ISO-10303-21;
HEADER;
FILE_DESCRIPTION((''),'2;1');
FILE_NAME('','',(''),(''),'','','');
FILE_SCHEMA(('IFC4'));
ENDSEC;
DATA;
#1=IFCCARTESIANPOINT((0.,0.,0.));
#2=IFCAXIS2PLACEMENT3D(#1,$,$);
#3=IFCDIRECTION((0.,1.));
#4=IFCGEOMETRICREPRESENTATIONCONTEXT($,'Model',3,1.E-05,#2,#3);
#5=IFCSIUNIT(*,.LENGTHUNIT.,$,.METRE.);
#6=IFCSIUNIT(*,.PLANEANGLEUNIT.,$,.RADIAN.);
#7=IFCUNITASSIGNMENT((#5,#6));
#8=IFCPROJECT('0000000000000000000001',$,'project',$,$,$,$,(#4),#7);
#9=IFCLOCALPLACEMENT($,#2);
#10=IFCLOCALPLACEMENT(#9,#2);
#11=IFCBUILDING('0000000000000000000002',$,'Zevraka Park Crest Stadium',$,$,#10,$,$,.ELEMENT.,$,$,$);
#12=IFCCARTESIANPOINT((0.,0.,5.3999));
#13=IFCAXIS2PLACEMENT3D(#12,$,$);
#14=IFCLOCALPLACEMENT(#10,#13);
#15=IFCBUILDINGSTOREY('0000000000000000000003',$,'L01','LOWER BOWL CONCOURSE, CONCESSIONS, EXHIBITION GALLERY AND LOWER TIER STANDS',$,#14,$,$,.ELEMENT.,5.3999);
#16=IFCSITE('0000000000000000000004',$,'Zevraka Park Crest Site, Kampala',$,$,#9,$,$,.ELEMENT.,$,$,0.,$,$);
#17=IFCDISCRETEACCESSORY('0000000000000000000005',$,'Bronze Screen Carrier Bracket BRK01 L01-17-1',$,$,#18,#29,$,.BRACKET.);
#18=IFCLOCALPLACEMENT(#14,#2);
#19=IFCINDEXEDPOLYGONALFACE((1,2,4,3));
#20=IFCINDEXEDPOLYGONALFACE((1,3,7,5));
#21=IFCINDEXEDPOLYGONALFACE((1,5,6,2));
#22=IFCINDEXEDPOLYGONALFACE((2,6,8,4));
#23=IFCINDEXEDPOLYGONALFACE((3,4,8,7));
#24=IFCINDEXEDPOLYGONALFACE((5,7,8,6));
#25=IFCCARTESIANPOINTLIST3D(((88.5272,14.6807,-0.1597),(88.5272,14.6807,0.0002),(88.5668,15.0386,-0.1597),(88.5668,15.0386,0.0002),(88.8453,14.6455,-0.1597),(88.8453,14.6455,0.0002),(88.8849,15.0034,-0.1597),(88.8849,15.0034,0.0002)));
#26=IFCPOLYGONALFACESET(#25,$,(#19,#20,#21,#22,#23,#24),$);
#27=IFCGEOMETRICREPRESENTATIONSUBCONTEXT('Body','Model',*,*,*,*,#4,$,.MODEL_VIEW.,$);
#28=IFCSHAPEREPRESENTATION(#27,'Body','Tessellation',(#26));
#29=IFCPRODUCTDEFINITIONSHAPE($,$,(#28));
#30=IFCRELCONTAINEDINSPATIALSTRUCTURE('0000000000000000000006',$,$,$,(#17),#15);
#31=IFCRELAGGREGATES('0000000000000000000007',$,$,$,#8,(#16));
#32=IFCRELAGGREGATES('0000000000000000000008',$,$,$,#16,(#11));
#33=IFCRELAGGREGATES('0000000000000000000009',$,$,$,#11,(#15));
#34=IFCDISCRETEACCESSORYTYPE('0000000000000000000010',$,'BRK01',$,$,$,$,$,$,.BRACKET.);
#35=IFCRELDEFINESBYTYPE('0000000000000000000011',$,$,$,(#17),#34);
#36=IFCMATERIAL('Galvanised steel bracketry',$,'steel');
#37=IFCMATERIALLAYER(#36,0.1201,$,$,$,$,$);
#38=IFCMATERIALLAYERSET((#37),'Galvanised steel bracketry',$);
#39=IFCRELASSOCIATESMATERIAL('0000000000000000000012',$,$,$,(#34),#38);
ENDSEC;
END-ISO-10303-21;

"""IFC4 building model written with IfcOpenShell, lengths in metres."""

from ifc_helpers import new_model, si_unit, direction, frame, origin, origin_2d, place, context, subcontext, project, spatial, rectangle, extrude, material, layer, layer_set, type_object, element, save


model = new_model("IFC4")

# Units and contexts
model_context = context("Model", 3, precision=1e-05, world=origin(), true_north=direction((0.0, 1.0)))
body_context = subcontext(model_context, "Body", "Model", "MODEL_VIEW")
ifc_project = project(units=[si_unit("LENGTHUNIT", "METRE"), si_unit("PLANEANGLEUNIT", "RADIAN")], contexts=[model_context])

# Site, building, storey
site_placement = place(None, origin())
site = spatial("IfcSite", under=ifc_project, at=site_placement, Name="Zevraka Park Crest Site, Kampala", CompositionType="ELEMENT", RefElevation=0.0)
building_placement = place(site_placement, origin())
building = spatial("IfcBuilding", under=site, at=building_placement, Name="Zevraka Park Crest Stadium", CompositionType="ELEMENT")
storey_placement = place(building_placement, frame((0.0, 0.0, 5.3999)))
storey = spatial("IfcBuildingStorey", under=building, at=storey_placement, Name="L01", Description="LOWER BOWL CONCOURSE, CONCESSIONS, EXHIBITION GALLERY AND LOWER TIER STANDS", CompositionType="ELEMENT", Elevation=5.3999)

# Discrete accessory
ifc_material_1 = material(Name="Galvanised steel bracketry", Category="steel")
ifc_layer_1 = layer(ifc_material_1, 0.1201)
ifc_layer_set_1 = layer_set([ifc_layer_1], Name="Galvanised steel bracketry")
discrete_accessory_type = type_object("IfcDiscreteAccessoryType", Name="BRK01", PredefinedType="BRACKET", material=ifc_layer_set_1)
discrete_accessory_placement = place(storey_placement, frame((88.7061, 14.842, -0.1597), z_axis=(0.0, 0.0, 1.0), x_axis=(0.993923, -0.110081, 0.0)))
element("IfcDiscreteAccessory", 1, at=discrete_accessory_placement, inside=storey, type_object=discrete_accessory_type, Name="Bronze Screen Carrier Bracket BRK01 L01-17-1", PredefinedType="BRACKET", context=body_context, shape_type="SweptSolid", body=[
    extrude(rectangle(XDim=0.3201, YDim=0.3601, at=origin_2d()), origin(), (0.0, 0.0, 1.0), 0.1599),
])

save(model, "model.ifc")
